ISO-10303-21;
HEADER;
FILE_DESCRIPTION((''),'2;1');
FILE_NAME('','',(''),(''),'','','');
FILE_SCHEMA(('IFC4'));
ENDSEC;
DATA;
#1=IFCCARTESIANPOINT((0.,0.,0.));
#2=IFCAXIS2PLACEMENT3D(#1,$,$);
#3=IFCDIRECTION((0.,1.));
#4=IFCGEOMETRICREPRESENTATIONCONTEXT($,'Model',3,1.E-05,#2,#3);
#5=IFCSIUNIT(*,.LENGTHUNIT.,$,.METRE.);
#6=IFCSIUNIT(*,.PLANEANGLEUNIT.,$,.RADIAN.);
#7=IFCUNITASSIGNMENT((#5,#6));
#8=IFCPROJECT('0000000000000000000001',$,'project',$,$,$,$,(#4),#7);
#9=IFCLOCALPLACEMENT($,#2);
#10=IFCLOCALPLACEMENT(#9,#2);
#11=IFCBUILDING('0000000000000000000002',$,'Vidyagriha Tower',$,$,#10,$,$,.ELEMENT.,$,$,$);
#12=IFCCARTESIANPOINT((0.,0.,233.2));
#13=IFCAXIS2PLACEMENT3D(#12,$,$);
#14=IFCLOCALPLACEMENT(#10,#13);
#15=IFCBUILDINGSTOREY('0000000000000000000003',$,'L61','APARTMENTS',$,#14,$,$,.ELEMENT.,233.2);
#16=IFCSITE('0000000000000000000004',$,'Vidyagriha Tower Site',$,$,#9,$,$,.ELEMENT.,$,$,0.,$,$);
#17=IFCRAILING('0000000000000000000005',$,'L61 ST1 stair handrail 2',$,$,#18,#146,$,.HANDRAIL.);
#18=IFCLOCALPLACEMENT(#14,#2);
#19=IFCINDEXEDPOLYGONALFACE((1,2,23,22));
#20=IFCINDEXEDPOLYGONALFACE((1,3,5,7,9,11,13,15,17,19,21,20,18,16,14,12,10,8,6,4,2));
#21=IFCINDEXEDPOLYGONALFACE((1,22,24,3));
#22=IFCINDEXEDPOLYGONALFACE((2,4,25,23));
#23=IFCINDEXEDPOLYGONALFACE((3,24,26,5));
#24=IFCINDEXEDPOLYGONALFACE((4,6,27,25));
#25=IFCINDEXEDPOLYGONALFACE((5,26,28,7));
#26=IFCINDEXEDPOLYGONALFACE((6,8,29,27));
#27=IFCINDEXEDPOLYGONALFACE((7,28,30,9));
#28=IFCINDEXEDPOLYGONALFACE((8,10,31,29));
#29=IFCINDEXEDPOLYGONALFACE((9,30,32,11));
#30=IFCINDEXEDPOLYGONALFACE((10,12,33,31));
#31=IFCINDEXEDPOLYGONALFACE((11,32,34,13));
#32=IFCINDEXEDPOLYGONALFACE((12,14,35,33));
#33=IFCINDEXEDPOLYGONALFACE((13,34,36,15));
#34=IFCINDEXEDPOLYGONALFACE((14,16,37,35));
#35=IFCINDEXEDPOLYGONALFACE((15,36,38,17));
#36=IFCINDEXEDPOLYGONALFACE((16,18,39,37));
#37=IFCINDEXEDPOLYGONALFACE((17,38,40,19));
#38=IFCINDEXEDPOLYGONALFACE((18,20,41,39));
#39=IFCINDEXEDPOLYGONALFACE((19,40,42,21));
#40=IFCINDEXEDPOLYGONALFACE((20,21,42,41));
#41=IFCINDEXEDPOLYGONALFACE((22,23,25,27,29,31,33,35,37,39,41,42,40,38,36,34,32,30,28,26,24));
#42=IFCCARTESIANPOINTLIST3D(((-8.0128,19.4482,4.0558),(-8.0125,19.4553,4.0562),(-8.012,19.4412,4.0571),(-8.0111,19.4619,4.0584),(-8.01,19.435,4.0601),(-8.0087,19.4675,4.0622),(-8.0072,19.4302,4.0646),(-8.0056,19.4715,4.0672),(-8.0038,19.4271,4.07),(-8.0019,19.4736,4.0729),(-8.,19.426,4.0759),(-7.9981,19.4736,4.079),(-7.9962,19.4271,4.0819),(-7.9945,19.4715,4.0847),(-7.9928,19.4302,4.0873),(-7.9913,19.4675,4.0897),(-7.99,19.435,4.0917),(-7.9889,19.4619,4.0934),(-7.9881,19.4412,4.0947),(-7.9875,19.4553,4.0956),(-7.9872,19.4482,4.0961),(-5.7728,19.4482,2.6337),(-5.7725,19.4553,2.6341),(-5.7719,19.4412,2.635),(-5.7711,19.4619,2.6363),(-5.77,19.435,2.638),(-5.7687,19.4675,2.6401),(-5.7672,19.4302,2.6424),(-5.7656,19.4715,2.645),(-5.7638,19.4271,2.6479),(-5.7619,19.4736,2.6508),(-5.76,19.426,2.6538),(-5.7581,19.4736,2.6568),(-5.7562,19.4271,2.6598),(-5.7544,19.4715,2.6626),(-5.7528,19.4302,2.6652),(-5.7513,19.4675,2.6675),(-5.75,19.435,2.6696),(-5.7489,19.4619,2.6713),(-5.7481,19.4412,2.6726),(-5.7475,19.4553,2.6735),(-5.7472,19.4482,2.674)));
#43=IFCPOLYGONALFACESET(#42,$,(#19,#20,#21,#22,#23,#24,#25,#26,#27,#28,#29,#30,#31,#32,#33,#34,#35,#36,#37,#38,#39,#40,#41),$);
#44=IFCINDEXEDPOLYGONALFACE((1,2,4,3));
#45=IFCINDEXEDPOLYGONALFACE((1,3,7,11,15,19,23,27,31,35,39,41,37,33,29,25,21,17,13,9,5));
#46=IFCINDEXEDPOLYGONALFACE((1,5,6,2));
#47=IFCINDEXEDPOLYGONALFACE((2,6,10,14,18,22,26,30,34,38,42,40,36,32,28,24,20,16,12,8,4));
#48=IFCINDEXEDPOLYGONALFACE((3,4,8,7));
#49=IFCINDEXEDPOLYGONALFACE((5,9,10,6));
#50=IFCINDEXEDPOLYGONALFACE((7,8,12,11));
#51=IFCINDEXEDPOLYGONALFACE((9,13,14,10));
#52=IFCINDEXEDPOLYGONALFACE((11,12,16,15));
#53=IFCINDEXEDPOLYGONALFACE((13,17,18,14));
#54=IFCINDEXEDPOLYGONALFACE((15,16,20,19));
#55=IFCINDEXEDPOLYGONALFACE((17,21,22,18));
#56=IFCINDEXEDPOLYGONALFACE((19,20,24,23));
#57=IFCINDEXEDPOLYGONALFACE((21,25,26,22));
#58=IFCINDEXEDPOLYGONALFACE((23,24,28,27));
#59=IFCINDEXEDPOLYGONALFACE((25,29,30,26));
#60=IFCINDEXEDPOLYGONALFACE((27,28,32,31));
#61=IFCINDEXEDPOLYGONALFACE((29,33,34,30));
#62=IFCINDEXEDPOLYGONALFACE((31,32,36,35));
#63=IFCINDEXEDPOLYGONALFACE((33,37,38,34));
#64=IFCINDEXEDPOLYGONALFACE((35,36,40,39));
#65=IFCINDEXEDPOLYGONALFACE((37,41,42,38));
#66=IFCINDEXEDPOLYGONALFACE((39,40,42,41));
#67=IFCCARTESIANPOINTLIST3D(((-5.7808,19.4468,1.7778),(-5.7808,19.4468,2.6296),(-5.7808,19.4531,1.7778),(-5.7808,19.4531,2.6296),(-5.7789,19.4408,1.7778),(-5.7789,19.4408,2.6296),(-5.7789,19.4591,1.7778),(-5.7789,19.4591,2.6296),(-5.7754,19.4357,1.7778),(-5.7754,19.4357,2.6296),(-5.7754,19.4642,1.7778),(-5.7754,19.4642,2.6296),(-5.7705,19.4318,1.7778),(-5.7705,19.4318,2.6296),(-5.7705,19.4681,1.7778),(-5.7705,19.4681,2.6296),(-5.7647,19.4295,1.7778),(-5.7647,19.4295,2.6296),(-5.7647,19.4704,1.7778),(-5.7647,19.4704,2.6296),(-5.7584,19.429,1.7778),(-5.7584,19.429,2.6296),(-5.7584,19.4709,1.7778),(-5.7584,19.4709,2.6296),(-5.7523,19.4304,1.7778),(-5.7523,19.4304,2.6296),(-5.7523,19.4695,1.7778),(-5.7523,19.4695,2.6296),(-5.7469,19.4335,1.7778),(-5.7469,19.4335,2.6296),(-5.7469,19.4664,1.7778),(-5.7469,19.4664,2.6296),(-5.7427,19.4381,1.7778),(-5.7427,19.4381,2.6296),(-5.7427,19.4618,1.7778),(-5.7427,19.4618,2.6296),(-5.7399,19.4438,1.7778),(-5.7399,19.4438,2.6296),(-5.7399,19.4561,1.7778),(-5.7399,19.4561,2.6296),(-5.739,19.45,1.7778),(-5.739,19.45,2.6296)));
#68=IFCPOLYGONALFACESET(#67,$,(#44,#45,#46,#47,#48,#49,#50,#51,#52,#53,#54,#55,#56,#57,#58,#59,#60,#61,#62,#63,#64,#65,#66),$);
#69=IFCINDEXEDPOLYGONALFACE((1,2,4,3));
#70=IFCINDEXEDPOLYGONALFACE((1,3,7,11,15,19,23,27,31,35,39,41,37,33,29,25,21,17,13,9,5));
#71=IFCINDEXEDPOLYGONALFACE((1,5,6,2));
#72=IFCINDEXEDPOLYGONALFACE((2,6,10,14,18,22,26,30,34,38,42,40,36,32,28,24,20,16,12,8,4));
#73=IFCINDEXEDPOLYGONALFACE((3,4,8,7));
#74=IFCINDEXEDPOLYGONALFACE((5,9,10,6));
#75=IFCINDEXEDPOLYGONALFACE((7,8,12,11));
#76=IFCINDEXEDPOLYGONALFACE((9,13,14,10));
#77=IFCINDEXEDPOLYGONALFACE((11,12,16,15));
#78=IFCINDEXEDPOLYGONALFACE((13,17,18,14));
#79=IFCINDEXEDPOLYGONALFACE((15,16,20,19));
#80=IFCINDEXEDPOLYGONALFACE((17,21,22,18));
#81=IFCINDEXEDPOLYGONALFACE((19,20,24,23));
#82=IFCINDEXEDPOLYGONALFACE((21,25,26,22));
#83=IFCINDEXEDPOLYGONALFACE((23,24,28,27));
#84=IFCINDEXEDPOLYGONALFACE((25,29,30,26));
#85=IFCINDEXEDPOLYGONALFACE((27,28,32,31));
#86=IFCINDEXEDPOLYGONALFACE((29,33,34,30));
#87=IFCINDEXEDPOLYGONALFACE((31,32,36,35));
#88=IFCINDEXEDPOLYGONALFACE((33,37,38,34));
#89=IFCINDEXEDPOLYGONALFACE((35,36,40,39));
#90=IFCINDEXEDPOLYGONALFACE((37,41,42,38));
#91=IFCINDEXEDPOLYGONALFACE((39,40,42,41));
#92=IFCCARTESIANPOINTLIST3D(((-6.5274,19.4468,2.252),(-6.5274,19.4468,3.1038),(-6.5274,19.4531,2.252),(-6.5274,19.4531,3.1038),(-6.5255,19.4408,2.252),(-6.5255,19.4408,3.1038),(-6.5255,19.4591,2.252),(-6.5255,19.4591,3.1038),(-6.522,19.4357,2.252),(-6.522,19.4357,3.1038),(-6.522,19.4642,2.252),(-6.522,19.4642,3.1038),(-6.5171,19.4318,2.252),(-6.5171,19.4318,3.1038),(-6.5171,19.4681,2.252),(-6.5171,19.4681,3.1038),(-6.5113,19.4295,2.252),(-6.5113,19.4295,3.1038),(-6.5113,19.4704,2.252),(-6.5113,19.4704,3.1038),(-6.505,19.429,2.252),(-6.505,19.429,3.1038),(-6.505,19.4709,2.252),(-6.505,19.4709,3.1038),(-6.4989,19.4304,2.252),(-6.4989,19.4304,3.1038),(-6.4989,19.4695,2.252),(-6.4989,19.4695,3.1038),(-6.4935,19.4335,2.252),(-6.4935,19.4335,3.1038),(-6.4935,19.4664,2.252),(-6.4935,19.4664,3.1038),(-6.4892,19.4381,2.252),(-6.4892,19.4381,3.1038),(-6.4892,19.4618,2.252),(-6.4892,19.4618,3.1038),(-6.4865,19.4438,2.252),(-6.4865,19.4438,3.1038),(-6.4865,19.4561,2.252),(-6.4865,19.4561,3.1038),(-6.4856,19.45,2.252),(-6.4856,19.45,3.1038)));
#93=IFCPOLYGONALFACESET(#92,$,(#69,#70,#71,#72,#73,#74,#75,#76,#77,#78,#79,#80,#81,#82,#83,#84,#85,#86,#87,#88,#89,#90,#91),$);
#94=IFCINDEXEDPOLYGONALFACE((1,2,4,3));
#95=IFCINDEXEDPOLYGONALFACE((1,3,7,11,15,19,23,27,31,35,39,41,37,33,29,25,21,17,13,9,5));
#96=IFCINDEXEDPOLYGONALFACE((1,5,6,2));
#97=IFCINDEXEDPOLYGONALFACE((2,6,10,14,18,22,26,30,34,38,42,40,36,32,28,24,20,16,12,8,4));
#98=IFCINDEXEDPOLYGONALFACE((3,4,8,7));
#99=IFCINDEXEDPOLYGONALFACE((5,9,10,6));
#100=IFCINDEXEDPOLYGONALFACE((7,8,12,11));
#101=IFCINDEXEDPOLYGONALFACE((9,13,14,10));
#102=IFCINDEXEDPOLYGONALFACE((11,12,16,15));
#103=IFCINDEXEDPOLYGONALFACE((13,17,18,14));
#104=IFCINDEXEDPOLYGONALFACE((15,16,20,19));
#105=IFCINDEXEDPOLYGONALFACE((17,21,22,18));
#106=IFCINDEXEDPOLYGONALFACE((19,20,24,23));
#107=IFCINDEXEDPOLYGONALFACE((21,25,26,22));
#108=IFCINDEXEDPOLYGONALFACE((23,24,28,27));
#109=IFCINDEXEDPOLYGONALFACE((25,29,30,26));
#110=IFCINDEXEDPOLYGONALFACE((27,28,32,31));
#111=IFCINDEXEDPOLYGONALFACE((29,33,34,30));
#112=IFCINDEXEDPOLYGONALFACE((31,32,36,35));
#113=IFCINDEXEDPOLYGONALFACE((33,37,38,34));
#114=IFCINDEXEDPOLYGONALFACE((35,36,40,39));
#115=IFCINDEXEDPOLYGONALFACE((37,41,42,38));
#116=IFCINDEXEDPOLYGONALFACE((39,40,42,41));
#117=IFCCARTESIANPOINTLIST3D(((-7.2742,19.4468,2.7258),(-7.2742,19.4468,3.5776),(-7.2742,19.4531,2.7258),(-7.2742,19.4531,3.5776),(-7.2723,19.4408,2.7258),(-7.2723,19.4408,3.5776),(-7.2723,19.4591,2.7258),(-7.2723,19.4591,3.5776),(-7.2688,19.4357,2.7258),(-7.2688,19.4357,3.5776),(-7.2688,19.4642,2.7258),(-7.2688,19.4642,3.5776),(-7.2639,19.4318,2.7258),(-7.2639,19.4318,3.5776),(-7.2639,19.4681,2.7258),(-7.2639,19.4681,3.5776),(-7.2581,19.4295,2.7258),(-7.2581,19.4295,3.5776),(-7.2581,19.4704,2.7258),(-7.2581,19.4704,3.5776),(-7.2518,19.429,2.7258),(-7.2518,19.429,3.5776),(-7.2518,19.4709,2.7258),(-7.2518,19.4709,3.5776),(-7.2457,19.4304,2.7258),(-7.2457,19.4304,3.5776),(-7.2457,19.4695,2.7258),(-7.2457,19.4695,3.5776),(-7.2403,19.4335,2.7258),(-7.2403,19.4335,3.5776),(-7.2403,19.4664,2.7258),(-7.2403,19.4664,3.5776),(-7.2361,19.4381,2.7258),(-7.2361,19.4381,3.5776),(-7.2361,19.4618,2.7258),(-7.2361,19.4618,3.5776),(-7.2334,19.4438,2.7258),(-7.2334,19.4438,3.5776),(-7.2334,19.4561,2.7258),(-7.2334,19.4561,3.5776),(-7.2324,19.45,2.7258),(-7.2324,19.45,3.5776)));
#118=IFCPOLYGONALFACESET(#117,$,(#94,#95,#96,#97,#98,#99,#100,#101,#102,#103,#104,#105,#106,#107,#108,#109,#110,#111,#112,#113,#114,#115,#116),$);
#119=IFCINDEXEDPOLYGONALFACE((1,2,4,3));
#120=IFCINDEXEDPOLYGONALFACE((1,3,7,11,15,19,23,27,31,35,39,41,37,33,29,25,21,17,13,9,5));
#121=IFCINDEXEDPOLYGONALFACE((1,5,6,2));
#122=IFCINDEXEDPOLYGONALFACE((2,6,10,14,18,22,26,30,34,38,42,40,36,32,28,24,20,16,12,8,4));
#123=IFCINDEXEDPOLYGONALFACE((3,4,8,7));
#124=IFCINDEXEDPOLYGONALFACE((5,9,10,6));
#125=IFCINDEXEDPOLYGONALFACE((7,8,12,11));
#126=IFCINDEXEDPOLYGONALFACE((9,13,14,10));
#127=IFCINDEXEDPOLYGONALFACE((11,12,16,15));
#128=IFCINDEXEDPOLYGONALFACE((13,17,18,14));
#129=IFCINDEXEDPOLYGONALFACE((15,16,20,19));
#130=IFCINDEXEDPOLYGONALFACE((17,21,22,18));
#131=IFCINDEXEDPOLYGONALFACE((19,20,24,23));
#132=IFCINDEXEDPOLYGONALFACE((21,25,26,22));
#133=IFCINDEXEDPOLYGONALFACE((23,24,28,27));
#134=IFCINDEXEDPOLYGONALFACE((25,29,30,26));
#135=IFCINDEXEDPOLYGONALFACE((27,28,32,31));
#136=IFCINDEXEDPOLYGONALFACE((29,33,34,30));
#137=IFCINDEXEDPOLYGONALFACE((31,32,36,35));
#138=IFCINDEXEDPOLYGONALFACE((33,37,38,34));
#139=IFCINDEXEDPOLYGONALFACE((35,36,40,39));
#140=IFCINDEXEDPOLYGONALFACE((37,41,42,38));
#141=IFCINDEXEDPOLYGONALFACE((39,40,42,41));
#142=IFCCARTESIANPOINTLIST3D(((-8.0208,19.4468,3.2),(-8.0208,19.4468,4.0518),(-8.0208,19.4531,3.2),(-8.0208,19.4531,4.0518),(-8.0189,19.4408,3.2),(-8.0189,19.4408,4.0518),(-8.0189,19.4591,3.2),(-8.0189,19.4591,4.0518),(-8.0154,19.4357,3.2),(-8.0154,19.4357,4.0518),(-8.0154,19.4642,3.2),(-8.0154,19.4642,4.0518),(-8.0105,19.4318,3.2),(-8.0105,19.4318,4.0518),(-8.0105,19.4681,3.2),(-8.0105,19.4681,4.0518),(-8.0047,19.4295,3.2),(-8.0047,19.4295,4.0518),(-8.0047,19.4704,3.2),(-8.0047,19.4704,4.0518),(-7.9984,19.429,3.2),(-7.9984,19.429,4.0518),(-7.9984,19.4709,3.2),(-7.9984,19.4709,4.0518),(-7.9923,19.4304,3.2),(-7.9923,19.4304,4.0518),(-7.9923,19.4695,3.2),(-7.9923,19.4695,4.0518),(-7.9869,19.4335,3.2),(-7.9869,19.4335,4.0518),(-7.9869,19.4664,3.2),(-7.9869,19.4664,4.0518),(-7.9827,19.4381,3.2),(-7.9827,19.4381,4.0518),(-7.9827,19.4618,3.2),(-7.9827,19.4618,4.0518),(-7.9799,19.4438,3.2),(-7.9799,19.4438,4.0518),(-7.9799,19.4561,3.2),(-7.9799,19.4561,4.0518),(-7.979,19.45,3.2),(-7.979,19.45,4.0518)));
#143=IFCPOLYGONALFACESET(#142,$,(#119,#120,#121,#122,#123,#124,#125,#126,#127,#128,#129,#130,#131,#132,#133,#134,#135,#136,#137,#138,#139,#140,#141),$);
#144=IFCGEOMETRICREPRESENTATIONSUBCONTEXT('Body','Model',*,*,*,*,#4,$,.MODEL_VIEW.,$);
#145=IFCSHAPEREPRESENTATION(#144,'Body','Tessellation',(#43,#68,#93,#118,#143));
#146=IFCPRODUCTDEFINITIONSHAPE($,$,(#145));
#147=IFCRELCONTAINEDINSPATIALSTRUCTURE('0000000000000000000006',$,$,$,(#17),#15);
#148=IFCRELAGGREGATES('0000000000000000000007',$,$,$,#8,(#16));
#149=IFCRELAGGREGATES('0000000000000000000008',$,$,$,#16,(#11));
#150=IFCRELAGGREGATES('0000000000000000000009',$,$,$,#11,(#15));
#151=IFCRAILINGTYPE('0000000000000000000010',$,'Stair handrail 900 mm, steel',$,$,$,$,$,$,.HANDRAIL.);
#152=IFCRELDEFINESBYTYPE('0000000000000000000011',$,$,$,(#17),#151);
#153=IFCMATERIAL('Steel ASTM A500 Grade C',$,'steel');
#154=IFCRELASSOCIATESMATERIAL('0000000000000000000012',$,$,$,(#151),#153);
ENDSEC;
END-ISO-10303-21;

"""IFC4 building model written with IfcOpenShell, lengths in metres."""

from ifc_helpers import new_model, si_unit, direction, frame, origin, origin_2d, place, context, subcontext, project, spatial, circle, extrude, material, type_object, element, save


model = new_model("IFC4")

# Units and contexts
model_context = context("Model", 3, precision=1e-05, world=origin(), true_north=direction((0.0, 1.0)))
body_context = subcontext(model_context, "Body", "Model", "MODEL_VIEW")
ifc_project = project(units=[si_unit("LENGTHUNIT", "METRE"), si_unit("PLANEANGLEUNIT", "RADIAN")], contexts=[model_context])

# Site, building, storey
site_placement = place(None, origin())
site = spatial("IfcSite", under=ifc_project, at=site_placement, Name="Vidyagriha Tower Site", CompositionType="ELEMENT", RefElevation=0.0)
building_placement = place(site_placement, origin())
building = spatial("IfcBuilding", under=site, at=building_placement, Name="Vidyagriha Tower", CompositionType="ELEMENT")
storey_placement = place(building_placement, frame((0.0, 0.0, 233.2)))
storey = spatial("IfcBuildingStorey", under=building, at=storey_placement, Name="L61", Description="APARTMENTS", CompositionType="ELEMENT", Elevation=233.2)

# Railing
ifc_material_1 = material(Name="Steel ASTM A500 Grade C", Category="steel")
railing_type_1 = type_object("IfcRailingType", Name="Stair handrail 900 mm, steel", PredefinedType="HANDRAIL", material=ifc_material_1)
railing_1_placement = place(storey_placement, frame((-5.76, 19.45, 1.7778)))
element("IfcRailing", 1, at=railing_1_placement, inside=storey, type_object=railing_type_1, Name="L61 ST1 stair handrail 2", PredefinedType="HANDRAIL", context=body_context, shape_type="SweptSolid", body=[
    extrude(circle(Radius=0.0239, at=origin_2d()), frame((0.0, 0.0, 0.876), z_axis=(-0.844229, 0.0, 0.535982), x_axis=(0.0, -1.0, 0.0)), (0.0, 0.0, 1.0), 2.6533),
    extrude(circle(Radius=0.021, at=origin_2d()), origin(), (0.0, 0.0, 1.0), 0.8518),
    extrude(circle(Radius=0.021, at=origin_2d()), frame((-0.7466, 0.0, 0.4741)), (0.0, 0.0, 1.0), 0.8518),
    extrude(circle(Radius=0.021, at=origin_2d()), frame((-1.4934, 0.0, 0.948)), (0.0, 0.0, 1.0), 0.8518),
    extrude(circle(Radius=0.021, at=origin_2d()), frame((-2.24, 0.0, 1.4221)), (0.0, 0.0, 1.0), 0.8518),
])

save(model, "model.ifc")
